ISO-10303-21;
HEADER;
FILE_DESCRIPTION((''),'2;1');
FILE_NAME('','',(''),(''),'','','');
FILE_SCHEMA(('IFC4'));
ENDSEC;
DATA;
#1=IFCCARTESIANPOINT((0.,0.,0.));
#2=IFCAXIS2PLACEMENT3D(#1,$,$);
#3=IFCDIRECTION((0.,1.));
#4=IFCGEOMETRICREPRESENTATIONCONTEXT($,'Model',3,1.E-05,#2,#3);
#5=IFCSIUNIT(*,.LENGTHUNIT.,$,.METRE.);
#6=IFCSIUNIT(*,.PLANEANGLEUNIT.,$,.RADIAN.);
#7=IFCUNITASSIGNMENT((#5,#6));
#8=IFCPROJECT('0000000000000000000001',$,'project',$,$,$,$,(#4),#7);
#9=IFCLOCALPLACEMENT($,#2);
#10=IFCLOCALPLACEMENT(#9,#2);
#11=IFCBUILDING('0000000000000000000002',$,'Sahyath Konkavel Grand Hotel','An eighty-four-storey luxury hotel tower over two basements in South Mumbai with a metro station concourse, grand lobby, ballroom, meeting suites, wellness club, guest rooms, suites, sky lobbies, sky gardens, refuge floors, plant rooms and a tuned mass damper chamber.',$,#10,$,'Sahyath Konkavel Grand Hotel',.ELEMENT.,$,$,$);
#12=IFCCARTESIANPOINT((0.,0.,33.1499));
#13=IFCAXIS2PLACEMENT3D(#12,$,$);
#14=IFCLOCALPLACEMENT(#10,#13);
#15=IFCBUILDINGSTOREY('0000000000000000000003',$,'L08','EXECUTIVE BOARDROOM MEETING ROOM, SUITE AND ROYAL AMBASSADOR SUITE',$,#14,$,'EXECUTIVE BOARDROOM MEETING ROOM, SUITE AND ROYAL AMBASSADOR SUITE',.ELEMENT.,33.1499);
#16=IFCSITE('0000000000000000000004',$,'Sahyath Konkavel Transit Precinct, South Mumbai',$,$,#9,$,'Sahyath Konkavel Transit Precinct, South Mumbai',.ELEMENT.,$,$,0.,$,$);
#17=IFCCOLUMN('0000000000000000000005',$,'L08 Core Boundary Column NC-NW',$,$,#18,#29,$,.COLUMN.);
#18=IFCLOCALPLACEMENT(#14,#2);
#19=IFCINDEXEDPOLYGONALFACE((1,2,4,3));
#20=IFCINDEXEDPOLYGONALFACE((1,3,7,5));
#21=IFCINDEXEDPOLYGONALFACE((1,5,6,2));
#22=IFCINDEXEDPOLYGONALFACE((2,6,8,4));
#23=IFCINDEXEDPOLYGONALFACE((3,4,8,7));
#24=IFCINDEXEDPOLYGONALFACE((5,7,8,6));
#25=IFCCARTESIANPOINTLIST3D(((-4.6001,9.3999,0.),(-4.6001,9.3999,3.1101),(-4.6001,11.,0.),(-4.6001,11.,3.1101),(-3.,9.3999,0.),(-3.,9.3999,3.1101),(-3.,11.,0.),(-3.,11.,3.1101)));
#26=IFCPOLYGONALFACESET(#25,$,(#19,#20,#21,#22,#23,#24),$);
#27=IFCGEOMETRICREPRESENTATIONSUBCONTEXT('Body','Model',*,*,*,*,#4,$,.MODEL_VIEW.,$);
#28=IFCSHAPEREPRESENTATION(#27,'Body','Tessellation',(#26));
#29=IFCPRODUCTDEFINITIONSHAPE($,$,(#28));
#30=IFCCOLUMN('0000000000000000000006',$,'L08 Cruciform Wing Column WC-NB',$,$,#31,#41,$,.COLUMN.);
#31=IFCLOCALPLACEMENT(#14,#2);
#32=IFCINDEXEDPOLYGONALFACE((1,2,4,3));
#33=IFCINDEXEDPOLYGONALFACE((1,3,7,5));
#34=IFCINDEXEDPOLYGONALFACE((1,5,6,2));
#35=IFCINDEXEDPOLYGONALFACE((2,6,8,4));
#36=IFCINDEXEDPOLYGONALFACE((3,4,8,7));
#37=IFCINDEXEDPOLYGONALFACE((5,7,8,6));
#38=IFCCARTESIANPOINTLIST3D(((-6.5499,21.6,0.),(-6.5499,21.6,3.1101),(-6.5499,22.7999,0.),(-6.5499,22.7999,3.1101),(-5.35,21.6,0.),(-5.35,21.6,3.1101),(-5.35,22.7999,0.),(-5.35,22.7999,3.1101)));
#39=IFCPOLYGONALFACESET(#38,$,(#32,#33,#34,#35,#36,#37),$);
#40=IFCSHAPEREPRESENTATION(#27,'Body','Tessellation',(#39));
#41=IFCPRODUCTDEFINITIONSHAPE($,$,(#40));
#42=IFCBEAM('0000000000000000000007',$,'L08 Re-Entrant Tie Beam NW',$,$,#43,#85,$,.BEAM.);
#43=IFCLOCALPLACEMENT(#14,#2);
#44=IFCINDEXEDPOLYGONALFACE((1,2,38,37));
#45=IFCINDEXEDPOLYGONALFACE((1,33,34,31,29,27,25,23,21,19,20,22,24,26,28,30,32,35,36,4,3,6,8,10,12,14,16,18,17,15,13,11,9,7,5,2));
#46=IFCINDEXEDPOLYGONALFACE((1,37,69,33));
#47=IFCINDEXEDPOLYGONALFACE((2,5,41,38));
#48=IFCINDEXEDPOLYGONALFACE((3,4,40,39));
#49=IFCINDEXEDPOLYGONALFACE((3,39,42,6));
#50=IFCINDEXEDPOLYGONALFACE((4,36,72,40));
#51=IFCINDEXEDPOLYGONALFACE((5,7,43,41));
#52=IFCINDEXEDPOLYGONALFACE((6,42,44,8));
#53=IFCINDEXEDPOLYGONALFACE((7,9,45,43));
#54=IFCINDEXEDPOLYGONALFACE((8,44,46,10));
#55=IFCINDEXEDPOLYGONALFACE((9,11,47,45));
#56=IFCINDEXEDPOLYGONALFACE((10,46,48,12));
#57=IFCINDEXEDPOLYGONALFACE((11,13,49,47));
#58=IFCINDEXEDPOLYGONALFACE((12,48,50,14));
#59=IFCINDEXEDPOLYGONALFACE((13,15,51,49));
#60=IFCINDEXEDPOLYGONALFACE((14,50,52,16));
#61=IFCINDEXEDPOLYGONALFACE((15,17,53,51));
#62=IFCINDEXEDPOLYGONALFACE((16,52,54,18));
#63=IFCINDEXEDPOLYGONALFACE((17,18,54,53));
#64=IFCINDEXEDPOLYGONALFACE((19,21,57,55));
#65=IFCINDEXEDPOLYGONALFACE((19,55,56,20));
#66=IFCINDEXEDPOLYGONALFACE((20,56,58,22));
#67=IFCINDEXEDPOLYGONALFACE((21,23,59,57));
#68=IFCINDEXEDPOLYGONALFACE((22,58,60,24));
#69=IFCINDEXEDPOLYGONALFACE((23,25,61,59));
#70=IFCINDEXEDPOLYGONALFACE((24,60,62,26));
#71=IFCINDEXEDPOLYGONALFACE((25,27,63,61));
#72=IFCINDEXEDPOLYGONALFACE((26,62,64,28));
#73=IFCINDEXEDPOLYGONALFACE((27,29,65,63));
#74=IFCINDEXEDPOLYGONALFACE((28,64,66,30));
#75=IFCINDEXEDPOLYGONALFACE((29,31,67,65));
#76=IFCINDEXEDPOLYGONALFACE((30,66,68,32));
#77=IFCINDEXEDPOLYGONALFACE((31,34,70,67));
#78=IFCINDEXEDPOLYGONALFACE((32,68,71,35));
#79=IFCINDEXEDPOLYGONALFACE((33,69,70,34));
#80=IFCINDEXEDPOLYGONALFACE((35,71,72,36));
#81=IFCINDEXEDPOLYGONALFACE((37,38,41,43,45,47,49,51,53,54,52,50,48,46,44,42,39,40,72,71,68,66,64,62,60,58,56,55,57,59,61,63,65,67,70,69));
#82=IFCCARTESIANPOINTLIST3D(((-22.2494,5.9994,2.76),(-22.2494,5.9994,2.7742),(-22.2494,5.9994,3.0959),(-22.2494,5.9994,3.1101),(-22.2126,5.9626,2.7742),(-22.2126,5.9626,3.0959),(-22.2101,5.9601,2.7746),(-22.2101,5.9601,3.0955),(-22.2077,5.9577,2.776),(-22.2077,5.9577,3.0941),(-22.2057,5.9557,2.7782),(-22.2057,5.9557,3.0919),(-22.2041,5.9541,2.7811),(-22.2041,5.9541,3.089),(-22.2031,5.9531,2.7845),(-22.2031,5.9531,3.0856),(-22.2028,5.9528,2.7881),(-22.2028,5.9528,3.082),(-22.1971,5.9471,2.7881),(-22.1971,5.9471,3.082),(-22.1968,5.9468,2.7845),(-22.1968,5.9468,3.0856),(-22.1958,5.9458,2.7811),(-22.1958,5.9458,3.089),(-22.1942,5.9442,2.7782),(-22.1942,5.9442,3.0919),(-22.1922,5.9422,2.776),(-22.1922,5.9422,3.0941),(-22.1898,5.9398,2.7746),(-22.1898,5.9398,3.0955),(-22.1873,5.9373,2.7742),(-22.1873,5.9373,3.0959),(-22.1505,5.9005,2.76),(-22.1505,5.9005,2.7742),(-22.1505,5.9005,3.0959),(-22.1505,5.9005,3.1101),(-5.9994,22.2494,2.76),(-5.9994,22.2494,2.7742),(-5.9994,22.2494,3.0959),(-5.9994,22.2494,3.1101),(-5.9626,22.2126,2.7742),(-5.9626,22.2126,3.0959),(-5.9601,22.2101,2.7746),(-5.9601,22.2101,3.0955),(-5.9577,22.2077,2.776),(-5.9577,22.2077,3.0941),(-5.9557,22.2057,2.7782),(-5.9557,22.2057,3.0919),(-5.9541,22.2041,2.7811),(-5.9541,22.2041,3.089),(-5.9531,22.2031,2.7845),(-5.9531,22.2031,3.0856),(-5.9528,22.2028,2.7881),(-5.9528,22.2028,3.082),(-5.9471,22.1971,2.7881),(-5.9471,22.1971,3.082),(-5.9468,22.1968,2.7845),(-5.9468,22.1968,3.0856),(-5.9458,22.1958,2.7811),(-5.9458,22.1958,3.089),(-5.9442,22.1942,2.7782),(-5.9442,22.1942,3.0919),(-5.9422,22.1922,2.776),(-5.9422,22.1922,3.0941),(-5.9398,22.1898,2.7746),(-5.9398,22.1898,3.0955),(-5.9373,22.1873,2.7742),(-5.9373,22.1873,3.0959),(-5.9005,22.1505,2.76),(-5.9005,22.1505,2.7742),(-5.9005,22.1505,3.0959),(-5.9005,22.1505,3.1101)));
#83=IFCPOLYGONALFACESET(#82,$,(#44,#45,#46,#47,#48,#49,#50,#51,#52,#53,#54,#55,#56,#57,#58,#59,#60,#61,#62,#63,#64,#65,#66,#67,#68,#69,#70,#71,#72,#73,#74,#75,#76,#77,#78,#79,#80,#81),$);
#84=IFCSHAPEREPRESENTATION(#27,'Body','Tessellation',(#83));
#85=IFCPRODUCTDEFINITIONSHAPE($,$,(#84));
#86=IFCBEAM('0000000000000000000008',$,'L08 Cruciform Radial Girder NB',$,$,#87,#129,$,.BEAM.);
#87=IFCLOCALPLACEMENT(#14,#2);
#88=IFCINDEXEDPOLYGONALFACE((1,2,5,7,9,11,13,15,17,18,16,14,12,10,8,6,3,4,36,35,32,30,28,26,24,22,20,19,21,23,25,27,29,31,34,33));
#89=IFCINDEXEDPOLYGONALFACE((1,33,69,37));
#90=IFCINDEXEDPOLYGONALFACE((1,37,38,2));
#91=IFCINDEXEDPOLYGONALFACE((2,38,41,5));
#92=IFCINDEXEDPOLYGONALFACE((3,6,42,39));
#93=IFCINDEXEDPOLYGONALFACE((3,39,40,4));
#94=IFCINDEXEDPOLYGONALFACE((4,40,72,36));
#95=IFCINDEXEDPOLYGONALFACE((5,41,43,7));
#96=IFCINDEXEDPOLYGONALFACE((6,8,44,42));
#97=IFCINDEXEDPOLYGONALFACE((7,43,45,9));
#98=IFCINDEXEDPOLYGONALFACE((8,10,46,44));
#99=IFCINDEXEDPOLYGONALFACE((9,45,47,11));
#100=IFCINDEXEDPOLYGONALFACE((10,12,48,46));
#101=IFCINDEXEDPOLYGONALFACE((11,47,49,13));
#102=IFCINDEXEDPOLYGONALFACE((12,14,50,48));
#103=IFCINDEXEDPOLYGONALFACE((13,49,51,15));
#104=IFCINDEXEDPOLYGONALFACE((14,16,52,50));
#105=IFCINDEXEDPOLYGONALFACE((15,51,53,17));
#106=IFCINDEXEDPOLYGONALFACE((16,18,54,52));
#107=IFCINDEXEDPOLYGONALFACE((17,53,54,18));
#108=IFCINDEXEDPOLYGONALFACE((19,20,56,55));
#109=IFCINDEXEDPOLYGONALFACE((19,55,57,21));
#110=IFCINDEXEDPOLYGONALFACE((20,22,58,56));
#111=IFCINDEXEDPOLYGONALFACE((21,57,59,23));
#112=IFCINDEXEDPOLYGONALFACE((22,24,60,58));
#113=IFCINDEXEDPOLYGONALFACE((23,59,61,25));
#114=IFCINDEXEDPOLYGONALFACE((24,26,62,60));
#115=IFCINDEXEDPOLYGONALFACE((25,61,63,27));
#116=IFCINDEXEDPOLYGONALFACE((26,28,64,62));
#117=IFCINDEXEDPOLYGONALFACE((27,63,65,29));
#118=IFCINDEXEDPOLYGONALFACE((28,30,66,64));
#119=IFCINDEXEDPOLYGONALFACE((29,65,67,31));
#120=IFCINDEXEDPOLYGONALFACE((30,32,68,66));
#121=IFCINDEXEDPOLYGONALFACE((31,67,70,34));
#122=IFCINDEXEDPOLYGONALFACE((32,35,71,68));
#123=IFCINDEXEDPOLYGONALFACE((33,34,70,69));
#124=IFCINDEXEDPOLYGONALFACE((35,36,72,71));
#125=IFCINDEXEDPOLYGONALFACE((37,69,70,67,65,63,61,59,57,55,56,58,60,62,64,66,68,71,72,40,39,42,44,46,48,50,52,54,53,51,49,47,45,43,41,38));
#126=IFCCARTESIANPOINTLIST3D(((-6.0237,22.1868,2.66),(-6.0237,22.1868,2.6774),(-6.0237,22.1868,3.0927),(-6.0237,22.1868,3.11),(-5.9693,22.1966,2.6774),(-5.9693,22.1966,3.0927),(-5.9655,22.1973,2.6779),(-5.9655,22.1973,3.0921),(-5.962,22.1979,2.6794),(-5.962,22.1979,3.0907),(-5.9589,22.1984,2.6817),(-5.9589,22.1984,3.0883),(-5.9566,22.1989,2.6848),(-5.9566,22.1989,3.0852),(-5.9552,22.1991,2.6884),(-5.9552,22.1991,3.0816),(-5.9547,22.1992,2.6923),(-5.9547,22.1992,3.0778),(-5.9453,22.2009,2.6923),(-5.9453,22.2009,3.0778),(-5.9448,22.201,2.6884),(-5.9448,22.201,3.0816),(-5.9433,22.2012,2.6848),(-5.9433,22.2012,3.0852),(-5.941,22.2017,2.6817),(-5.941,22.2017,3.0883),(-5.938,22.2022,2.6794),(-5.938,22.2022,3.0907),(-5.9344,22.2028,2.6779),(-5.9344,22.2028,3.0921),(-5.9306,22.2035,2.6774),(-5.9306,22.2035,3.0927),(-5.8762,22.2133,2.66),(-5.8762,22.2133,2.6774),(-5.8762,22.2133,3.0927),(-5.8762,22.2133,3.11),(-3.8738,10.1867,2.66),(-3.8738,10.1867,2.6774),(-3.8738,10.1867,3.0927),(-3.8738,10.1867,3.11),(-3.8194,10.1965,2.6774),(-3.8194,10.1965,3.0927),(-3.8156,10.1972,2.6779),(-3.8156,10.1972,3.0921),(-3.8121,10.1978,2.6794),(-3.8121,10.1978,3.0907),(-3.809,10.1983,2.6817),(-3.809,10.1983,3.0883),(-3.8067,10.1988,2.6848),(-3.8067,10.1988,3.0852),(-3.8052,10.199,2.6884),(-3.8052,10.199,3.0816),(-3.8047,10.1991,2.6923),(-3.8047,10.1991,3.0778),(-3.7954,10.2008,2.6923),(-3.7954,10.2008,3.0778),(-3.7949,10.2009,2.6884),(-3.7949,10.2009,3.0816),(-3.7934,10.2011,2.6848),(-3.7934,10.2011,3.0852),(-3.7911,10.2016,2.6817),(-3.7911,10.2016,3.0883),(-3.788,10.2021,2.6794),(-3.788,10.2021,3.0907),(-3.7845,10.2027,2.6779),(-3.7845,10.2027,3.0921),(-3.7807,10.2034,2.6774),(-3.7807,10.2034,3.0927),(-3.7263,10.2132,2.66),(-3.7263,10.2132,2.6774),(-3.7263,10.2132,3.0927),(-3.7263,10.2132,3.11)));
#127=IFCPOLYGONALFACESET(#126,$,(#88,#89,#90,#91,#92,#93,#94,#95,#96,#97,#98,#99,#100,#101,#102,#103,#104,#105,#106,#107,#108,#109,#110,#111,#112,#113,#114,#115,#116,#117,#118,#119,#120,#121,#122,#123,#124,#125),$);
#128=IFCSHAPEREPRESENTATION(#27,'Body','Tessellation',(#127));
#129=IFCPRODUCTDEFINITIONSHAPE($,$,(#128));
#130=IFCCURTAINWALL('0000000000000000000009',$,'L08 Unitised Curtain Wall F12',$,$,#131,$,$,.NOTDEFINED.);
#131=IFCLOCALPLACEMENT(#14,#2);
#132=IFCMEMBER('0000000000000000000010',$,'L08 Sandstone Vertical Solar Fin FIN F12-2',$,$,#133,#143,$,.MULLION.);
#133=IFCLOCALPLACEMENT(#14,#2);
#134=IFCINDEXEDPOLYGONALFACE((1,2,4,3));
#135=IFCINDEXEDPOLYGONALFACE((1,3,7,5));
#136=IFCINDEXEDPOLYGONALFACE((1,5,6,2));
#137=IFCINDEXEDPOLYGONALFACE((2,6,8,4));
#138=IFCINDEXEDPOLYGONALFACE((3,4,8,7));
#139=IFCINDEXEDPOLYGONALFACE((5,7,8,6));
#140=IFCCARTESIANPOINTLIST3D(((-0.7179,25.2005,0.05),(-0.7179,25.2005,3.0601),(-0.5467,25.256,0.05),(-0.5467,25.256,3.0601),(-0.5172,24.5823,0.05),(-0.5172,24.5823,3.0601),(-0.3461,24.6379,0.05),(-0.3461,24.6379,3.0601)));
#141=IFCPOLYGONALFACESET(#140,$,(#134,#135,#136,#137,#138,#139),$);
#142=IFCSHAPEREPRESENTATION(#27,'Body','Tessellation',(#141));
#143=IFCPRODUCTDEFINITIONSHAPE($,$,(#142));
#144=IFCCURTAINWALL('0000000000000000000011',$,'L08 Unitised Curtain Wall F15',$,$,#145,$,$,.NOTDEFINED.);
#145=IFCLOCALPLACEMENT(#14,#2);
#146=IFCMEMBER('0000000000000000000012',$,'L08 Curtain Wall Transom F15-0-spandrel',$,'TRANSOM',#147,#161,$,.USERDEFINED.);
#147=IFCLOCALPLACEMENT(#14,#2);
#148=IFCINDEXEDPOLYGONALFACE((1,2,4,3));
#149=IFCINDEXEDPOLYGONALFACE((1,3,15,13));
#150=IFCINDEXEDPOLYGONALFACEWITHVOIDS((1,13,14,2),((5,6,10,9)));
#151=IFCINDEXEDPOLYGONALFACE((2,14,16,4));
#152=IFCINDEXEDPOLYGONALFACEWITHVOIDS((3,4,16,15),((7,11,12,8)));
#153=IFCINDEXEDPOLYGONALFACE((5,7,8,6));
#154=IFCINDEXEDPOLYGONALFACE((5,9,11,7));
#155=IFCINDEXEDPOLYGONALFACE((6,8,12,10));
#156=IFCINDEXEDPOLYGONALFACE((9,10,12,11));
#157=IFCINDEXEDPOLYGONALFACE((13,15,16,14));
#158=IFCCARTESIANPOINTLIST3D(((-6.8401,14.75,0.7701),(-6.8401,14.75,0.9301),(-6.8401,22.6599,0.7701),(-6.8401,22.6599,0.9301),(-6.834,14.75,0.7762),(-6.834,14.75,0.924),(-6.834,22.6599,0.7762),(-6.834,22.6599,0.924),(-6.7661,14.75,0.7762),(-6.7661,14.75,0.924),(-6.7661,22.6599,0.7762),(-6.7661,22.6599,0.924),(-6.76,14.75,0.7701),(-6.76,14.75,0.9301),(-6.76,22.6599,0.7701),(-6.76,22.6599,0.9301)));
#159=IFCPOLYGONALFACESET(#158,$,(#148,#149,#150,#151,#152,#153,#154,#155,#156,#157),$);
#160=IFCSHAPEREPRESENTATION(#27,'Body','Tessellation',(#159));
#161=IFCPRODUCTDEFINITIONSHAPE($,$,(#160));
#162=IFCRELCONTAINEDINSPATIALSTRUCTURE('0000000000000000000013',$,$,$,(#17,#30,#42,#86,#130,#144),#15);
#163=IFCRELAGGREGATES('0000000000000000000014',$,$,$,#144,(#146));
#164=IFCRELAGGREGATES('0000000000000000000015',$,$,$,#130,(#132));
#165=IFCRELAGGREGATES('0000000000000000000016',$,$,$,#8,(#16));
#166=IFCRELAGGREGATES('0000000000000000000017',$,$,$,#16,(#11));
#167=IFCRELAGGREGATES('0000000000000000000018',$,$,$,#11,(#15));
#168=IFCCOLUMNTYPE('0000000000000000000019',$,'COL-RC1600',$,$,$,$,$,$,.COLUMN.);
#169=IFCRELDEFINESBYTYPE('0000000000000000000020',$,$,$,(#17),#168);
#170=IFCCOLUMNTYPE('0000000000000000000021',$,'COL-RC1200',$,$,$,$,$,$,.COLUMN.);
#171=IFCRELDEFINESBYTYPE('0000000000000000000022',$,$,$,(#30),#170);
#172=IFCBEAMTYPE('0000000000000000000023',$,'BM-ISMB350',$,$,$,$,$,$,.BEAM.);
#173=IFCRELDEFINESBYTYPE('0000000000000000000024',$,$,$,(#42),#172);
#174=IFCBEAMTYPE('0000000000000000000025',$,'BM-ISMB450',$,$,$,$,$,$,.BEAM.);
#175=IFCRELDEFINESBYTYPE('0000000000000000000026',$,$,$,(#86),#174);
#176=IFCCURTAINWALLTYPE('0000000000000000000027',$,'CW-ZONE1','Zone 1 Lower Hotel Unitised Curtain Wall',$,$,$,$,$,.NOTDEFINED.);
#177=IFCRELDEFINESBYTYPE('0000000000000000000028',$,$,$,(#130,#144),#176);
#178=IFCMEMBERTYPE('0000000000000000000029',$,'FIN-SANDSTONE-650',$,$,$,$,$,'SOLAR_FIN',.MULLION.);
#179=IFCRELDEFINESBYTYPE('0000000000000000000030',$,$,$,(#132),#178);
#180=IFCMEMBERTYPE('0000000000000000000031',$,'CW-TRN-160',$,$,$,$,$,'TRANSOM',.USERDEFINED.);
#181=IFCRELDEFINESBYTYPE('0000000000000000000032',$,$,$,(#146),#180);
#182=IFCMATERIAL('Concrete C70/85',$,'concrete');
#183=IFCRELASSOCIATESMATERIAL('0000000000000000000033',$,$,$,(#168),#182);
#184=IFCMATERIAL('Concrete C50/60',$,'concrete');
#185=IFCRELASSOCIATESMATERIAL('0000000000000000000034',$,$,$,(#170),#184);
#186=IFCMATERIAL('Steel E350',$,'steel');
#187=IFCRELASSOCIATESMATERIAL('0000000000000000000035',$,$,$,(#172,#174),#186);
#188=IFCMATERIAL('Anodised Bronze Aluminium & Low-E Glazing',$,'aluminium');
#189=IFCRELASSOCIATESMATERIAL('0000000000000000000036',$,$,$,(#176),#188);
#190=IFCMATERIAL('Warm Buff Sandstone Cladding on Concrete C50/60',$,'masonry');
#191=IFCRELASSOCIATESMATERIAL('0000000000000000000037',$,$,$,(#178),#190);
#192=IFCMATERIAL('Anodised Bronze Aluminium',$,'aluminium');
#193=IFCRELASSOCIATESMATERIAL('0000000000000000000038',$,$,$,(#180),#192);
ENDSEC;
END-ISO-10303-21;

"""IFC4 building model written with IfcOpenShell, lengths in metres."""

from ifc_helpers import new_model, si_unit, direction, frame, origin, origin_2d, place, context, subcontext, project, spatial, rectangle, hollow_rectangle, i_section, extrude, source, transform, mapped, material, material_profile, profile_set, type_object, element, aggregate, save


model = new_model("IFC4")

# Units and contexts
model_context = context("Model", 3, precision=1e-05, world=origin(), true_north=direction((0.0, 1.0)))
body_context = subcontext(model_context, "Body", "Model", "MODEL_VIEW")
ifc_project = project(units=[si_unit("LENGTHUNIT", "METRE"), si_unit("PLANEANGLEUNIT", "RADIAN")], contexts=[model_context])

# Site, building, storey
site_placement = place(None, origin())
site = spatial("IfcSite", under=ifc_project, at=site_placement, Name="Sahyath Konkavel Transit Precinct, South Mumbai", LongName="Sahyath Konkavel Transit Precinct, South Mumbai", CompositionType="ELEMENT", RefElevation=0.0)
building_placement = place(site_placement, origin())
building = spatial("IfcBuilding", under=site, at=building_placement, Name="Sahyath Konkavel Grand Hotel", Description="An eighty-four-storey luxury hotel tower over two basements in South Mumbai with a metro station concourse, grand lobby, ballroom, meeting suites, wellness club, guest rooms, suites, sky lobbies, sky gardens, refuge floors, plant rooms and a tuned mass damper chamber.", LongName="Sahyath Konkavel Grand Hotel", CompositionType="ELEMENT")
storey_placement = place(building_placement, frame((0.0, 0.0, 33.1499)))
storey = spatial("IfcBuildingStorey", under=building, at=storey_placement, Name="L08", Description="EXECUTIVE BOARDROOM MEETING ROOM, SUITE AND ROYAL AMBASSADOR SUITE", LongName="EXECUTIVE BOARDROOM MEETING ROOM, SUITE AND ROYAL AMBASSADOR SUITE", CompositionType="ELEMENT", Elevation=33.1499)

# Columns
ifc_material_1 = material(Name="Concrete C70/85", Category="concrete")
ifc_material_profile_1 = material_profile(ifc_material_1, rectangle(XDim=1.6001, YDim=1.6001, at=origin_2d()), Name="RC 1600x1600")
ifc_profile_set_1 = profile_set([ifc_material_profile_1], Name="Concrete C70/85")
column_type_1 = type_object("IfcColumnType", Name="COL-RC1600", PredefinedType="COLUMN", material=ifc_profile_set_1)
shared_shape_1 = source(origin(), body_context, "Body", "SweptSolid", [
    extrude(rectangle(XDim=1.6001, YDim=1.6001, at=origin_2d()), origin(), (0.0, 0.0, 1.0), 3.1101),
])
column_1_placement = place(storey_placement, frame((-3.8, 10.2, 0.0), z_axis=(0.0, 0.0, 1.0), x_axis=(1.0, 0.0, 0.0)))
element("IfcColumn", 1, at=column_1_placement, inside=storey, type_object=column_type_1, Name="L08 Core Boundary Column NC-NW", PredefinedType="COLUMN", context=body_context, shape_type="MappedRepresentation", body=[
    mapped(shared_shape_1, transform((0.0, 0.0, 0.0), scale=1.0)),
])
ifc_material_2 = material(Name="Concrete C50/60", Category="concrete")
ifc_material_profile_2 = material_profile(ifc_material_2, rectangle(XDim=1.2, YDim=1.2, at=origin_2d()), Name="RC 1200x1200")
ifc_profile_set_2 = profile_set([ifc_material_profile_2], Name="Concrete C50/60")
column_type_2 = type_object("IfcColumnType", Name="COL-RC1200", PredefinedType="COLUMN", material=ifc_profile_set_2)
shared_shape_2 = source(origin(), body_context, "Body", "SweptSolid", [
    extrude(rectangle(XDim=1.2, YDim=1.2, at=origin_2d()), origin(), (0.0, 0.0, 1.0), 3.1101),
])
column_2_placement = place(storey_placement, frame((-5.95, 22.2, 0.0), z_axis=(0.0, 0.0, 1.0), x_axis=(1.0, 0.0, 0.0)))
element("IfcColumn", 2, at=column_2_placement, inside=storey, type_object=column_type_2, Name="L08 Cruciform Wing Column WC-NB", PredefinedType="COLUMN", context=body_context, shape_type="MappedRepresentation", body=[
    mapped(shared_shape_2, transform((0.0, 0.0, 0.0), scale=1.0)),
])

# Beams
ifc_material_3 = material(Name="Steel E350", Category="steel")
ifc_material_profile_3 = material_profile(ifc_material_3, i_section(OverallWidth=0.1399, OverallDepth=0.3501, WebThickness=0.0081, FlangeThickness=0.0142, FilletRadius=0.0139, at=origin_2d()), Name="ISMB 350")
ifc_profile_set_3 = profile_set([ifc_material_profile_3], Name="Steel E350")
beam_type_1 = type_object("IfcBeamType", Name="BM-ISMB350", PredefinedType="BEAM", material=ifc_profile_set_3)
shared_shape_3 = source(origin(), body_context, "Body", "SweptSolid", [
    extrude(i_section(OverallWidth=0.1399, OverallDepth=0.3501, WebThickness=0.0081, FlangeThickness=0.0142, FilletRadius=0.0139, at=origin_2d()), origin(), (0.0, 0.0, 1.0), 22.981),
])
beam_1_placement = place(storey_placement, frame((-5.95, 22.2, 2.9351), z_axis=(-0.707107, -0.707107, 0.0), x_axis=(0.707107, -0.707107, 0.0)))
element("IfcBeam", 3, at=beam_1_placement, inside=storey, type_object=beam_type_1, Name="L08 Re-Entrant Tie Beam NW", PredefinedType="BEAM", context=body_context, shape_type="MappedRepresentation", body=[
    mapped(shared_shape_3, transform((0.0, 0.0, 0.0), scale=1.0)),
])
ifc_material_profile_4 = material_profile(ifc_material_3, i_section(OverallWidth=0.1499, OverallDepth=0.45, WebThickness=0.0095, FlangeThickness=0.0173, FilletRadius=0.0149, at=origin_2d()), Name="ISMB 450")
ifc_profile_set_4 = profile_set([ifc_material_profile_4], Name="Steel E350")
beam_type_2 = type_object("IfcBeamType", Name="BM-ISMB450", PredefinedType="BEAM", material=ifc_profile_set_4)
shared_shape_4 = source(origin(), body_context, "Body", "SweptSolid", [
    extrude(i_section(OverallWidth=0.1499, OverallDepth=0.45, WebThickness=0.0095, FlangeThickness=0.0173, FilletRadius=0.0149, at=origin_2d()), origin(), (0.0, 0.0, 1.0), 12.1912),
])
beam_2_placement = place(storey_placement, frame((-3.8, 10.2, 2.885), z_axis=(-0.176351, 0.984327, 0.0), x_axis=(-0.984327, -0.176351, 0.0)))
element("IfcBeam", 4, at=beam_2_placement, inside=storey, type_object=beam_type_2, Name="L08 Cruciform Radial Girder NB", PredefinedType="BEAM", context=body_context, shape_type="MappedRepresentation", body=[
    mapped(shared_shape_4, transform((0.0, 0.0, 0.0), scale=1.0)),
])

# Curtain walls, members
ifc_material_4 = material(Name="Anodised Bronze Aluminium & Low-E Glazing", Category="aluminium")
curtain_wall_type = type_object("IfcCurtainWallType", Name="CW-ZONE1", Description="Zone 1 Lower Hotel Unitised Curtain Wall", PredefinedType="NOTDEFINED", material=ifc_material_4)
curtain_wall_1_placement = place(storey_placement, origin())
curtain_wall_1 = element("IfcCurtainWall", 5, at=curtain_wall_1_placement, inside=storey, type_object=curtain_wall_type, Name="L08 Unitised Curtain Wall F12", PredefinedType="NOTDEFINED")
ifc_material_5 = material(Name="Warm Buff Sandstone Cladding on Concrete C50/60", Category="masonry")
ifc_material_profile_5 = material_profile(ifc_material_5, rectangle(XDim=0.1799, YDim=0.6499, at=origin_2d()), Name="FIN 180x650")
ifc_profile_set_5 = profile_set([ifc_material_profile_5], Name="Warm Buff Sandstone Cladding on Concrete C50/60")
member_type_1 = type_object("IfcMemberType", Name="FIN-SANDSTONE-650", ElementType="SOLAR_FIN", PredefinedType="MULLION", material=ifc_profile_set_5)
shared_shape_5 = source(origin(), body_context, "Body", "SweptSolid", [
    extrude(rectangle(XDim=0.1799, YDim=0.6499, at=origin_2d()), origin(), (0.0, 0.0, 1.0), 3.01),
])
member_1_placement = place(storey_placement, frame((-0.532, 24.9192, 0.05), z_axis=(0.0, 0.0, 1.0), x_axis=(0.951164, 0.308685, 0.0)))
member_1 = element("IfcMember", 6, at=member_1_placement, type_object=member_type_1, Name="L08 Sandstone Vertical Solar Fin FIN F12-2", PredefinedType="MULLION", context=body_context, shape_type="MappedRepresentation", body=[
    mapped(shared_shape_5, transform((0.0, 0.0, 0.0), scale=1.0)),
])
curtain_wall_2_placement = place(storey_placement, origin())
curtain_wall_2 = element("IfcCurtainWall", 7, at=curtain_wall_2_placement, inside=storey, type_object=curtain_wall_type, Name="L08 Unitised Curtain Wall F15", PredefinedType="NOTDEFINED")
ifc_material_6 = material(Name="Anodised Bronze Aluminium", Category="aluminium")
ifc_material_profile_6 = material_profile(ifc_material_6, hollow_rectangle(XDim=0.0801, YDim=0.1599, WallThickness=0.0061, at=origin_2d()), Name="RHS 160x80x6")
ifc_profile_set_6 = profile_set([ifc_material_profile_6], Name="Anodised Bronze Aluminium")
member_type_2 = type_object("IfcMemberType", Name="CW-TRN-160", ElementType="TRANSOM", PredefinedType="USERDEFINED", material=ifc_profile_set_6)
shared_shape_6 = source(origin(), body_context, "Body", "SweptSolid", [
    extrude(hollow_rectangle(XDim=0.0801, YDim=0.1599, WallThickness=0.0061, at=origin_2d()), origin(), (0.0, 0.0, 1.0), 7.9099),
])
member_2_placement = place(storey_placement, frame((-6.8, 22.6599, 0.8501), z_axis=(0.0, -1.0, 0.0), x_axis=(1.0, 0.0, 0.0)))
member_2 = element("IfcMember", 8, at=member_2_placement, type_object=member_type_2, Name="L08 Curtain Wall Transom F15-0-spandrel", ObjectType="TRANSOM", PredefinedType="USERDEFINED", context=body_context, shape_type="MappedRepresentation", body=[
    mapped(shared_shape_6, transform((0.0, 0.0, 0.0), scale=1.0)),
])
aggregate(curtain_wall_2, [member_2])

aggregate(curtain_wall_1, [member_1])

save(model, "model.ifc")
